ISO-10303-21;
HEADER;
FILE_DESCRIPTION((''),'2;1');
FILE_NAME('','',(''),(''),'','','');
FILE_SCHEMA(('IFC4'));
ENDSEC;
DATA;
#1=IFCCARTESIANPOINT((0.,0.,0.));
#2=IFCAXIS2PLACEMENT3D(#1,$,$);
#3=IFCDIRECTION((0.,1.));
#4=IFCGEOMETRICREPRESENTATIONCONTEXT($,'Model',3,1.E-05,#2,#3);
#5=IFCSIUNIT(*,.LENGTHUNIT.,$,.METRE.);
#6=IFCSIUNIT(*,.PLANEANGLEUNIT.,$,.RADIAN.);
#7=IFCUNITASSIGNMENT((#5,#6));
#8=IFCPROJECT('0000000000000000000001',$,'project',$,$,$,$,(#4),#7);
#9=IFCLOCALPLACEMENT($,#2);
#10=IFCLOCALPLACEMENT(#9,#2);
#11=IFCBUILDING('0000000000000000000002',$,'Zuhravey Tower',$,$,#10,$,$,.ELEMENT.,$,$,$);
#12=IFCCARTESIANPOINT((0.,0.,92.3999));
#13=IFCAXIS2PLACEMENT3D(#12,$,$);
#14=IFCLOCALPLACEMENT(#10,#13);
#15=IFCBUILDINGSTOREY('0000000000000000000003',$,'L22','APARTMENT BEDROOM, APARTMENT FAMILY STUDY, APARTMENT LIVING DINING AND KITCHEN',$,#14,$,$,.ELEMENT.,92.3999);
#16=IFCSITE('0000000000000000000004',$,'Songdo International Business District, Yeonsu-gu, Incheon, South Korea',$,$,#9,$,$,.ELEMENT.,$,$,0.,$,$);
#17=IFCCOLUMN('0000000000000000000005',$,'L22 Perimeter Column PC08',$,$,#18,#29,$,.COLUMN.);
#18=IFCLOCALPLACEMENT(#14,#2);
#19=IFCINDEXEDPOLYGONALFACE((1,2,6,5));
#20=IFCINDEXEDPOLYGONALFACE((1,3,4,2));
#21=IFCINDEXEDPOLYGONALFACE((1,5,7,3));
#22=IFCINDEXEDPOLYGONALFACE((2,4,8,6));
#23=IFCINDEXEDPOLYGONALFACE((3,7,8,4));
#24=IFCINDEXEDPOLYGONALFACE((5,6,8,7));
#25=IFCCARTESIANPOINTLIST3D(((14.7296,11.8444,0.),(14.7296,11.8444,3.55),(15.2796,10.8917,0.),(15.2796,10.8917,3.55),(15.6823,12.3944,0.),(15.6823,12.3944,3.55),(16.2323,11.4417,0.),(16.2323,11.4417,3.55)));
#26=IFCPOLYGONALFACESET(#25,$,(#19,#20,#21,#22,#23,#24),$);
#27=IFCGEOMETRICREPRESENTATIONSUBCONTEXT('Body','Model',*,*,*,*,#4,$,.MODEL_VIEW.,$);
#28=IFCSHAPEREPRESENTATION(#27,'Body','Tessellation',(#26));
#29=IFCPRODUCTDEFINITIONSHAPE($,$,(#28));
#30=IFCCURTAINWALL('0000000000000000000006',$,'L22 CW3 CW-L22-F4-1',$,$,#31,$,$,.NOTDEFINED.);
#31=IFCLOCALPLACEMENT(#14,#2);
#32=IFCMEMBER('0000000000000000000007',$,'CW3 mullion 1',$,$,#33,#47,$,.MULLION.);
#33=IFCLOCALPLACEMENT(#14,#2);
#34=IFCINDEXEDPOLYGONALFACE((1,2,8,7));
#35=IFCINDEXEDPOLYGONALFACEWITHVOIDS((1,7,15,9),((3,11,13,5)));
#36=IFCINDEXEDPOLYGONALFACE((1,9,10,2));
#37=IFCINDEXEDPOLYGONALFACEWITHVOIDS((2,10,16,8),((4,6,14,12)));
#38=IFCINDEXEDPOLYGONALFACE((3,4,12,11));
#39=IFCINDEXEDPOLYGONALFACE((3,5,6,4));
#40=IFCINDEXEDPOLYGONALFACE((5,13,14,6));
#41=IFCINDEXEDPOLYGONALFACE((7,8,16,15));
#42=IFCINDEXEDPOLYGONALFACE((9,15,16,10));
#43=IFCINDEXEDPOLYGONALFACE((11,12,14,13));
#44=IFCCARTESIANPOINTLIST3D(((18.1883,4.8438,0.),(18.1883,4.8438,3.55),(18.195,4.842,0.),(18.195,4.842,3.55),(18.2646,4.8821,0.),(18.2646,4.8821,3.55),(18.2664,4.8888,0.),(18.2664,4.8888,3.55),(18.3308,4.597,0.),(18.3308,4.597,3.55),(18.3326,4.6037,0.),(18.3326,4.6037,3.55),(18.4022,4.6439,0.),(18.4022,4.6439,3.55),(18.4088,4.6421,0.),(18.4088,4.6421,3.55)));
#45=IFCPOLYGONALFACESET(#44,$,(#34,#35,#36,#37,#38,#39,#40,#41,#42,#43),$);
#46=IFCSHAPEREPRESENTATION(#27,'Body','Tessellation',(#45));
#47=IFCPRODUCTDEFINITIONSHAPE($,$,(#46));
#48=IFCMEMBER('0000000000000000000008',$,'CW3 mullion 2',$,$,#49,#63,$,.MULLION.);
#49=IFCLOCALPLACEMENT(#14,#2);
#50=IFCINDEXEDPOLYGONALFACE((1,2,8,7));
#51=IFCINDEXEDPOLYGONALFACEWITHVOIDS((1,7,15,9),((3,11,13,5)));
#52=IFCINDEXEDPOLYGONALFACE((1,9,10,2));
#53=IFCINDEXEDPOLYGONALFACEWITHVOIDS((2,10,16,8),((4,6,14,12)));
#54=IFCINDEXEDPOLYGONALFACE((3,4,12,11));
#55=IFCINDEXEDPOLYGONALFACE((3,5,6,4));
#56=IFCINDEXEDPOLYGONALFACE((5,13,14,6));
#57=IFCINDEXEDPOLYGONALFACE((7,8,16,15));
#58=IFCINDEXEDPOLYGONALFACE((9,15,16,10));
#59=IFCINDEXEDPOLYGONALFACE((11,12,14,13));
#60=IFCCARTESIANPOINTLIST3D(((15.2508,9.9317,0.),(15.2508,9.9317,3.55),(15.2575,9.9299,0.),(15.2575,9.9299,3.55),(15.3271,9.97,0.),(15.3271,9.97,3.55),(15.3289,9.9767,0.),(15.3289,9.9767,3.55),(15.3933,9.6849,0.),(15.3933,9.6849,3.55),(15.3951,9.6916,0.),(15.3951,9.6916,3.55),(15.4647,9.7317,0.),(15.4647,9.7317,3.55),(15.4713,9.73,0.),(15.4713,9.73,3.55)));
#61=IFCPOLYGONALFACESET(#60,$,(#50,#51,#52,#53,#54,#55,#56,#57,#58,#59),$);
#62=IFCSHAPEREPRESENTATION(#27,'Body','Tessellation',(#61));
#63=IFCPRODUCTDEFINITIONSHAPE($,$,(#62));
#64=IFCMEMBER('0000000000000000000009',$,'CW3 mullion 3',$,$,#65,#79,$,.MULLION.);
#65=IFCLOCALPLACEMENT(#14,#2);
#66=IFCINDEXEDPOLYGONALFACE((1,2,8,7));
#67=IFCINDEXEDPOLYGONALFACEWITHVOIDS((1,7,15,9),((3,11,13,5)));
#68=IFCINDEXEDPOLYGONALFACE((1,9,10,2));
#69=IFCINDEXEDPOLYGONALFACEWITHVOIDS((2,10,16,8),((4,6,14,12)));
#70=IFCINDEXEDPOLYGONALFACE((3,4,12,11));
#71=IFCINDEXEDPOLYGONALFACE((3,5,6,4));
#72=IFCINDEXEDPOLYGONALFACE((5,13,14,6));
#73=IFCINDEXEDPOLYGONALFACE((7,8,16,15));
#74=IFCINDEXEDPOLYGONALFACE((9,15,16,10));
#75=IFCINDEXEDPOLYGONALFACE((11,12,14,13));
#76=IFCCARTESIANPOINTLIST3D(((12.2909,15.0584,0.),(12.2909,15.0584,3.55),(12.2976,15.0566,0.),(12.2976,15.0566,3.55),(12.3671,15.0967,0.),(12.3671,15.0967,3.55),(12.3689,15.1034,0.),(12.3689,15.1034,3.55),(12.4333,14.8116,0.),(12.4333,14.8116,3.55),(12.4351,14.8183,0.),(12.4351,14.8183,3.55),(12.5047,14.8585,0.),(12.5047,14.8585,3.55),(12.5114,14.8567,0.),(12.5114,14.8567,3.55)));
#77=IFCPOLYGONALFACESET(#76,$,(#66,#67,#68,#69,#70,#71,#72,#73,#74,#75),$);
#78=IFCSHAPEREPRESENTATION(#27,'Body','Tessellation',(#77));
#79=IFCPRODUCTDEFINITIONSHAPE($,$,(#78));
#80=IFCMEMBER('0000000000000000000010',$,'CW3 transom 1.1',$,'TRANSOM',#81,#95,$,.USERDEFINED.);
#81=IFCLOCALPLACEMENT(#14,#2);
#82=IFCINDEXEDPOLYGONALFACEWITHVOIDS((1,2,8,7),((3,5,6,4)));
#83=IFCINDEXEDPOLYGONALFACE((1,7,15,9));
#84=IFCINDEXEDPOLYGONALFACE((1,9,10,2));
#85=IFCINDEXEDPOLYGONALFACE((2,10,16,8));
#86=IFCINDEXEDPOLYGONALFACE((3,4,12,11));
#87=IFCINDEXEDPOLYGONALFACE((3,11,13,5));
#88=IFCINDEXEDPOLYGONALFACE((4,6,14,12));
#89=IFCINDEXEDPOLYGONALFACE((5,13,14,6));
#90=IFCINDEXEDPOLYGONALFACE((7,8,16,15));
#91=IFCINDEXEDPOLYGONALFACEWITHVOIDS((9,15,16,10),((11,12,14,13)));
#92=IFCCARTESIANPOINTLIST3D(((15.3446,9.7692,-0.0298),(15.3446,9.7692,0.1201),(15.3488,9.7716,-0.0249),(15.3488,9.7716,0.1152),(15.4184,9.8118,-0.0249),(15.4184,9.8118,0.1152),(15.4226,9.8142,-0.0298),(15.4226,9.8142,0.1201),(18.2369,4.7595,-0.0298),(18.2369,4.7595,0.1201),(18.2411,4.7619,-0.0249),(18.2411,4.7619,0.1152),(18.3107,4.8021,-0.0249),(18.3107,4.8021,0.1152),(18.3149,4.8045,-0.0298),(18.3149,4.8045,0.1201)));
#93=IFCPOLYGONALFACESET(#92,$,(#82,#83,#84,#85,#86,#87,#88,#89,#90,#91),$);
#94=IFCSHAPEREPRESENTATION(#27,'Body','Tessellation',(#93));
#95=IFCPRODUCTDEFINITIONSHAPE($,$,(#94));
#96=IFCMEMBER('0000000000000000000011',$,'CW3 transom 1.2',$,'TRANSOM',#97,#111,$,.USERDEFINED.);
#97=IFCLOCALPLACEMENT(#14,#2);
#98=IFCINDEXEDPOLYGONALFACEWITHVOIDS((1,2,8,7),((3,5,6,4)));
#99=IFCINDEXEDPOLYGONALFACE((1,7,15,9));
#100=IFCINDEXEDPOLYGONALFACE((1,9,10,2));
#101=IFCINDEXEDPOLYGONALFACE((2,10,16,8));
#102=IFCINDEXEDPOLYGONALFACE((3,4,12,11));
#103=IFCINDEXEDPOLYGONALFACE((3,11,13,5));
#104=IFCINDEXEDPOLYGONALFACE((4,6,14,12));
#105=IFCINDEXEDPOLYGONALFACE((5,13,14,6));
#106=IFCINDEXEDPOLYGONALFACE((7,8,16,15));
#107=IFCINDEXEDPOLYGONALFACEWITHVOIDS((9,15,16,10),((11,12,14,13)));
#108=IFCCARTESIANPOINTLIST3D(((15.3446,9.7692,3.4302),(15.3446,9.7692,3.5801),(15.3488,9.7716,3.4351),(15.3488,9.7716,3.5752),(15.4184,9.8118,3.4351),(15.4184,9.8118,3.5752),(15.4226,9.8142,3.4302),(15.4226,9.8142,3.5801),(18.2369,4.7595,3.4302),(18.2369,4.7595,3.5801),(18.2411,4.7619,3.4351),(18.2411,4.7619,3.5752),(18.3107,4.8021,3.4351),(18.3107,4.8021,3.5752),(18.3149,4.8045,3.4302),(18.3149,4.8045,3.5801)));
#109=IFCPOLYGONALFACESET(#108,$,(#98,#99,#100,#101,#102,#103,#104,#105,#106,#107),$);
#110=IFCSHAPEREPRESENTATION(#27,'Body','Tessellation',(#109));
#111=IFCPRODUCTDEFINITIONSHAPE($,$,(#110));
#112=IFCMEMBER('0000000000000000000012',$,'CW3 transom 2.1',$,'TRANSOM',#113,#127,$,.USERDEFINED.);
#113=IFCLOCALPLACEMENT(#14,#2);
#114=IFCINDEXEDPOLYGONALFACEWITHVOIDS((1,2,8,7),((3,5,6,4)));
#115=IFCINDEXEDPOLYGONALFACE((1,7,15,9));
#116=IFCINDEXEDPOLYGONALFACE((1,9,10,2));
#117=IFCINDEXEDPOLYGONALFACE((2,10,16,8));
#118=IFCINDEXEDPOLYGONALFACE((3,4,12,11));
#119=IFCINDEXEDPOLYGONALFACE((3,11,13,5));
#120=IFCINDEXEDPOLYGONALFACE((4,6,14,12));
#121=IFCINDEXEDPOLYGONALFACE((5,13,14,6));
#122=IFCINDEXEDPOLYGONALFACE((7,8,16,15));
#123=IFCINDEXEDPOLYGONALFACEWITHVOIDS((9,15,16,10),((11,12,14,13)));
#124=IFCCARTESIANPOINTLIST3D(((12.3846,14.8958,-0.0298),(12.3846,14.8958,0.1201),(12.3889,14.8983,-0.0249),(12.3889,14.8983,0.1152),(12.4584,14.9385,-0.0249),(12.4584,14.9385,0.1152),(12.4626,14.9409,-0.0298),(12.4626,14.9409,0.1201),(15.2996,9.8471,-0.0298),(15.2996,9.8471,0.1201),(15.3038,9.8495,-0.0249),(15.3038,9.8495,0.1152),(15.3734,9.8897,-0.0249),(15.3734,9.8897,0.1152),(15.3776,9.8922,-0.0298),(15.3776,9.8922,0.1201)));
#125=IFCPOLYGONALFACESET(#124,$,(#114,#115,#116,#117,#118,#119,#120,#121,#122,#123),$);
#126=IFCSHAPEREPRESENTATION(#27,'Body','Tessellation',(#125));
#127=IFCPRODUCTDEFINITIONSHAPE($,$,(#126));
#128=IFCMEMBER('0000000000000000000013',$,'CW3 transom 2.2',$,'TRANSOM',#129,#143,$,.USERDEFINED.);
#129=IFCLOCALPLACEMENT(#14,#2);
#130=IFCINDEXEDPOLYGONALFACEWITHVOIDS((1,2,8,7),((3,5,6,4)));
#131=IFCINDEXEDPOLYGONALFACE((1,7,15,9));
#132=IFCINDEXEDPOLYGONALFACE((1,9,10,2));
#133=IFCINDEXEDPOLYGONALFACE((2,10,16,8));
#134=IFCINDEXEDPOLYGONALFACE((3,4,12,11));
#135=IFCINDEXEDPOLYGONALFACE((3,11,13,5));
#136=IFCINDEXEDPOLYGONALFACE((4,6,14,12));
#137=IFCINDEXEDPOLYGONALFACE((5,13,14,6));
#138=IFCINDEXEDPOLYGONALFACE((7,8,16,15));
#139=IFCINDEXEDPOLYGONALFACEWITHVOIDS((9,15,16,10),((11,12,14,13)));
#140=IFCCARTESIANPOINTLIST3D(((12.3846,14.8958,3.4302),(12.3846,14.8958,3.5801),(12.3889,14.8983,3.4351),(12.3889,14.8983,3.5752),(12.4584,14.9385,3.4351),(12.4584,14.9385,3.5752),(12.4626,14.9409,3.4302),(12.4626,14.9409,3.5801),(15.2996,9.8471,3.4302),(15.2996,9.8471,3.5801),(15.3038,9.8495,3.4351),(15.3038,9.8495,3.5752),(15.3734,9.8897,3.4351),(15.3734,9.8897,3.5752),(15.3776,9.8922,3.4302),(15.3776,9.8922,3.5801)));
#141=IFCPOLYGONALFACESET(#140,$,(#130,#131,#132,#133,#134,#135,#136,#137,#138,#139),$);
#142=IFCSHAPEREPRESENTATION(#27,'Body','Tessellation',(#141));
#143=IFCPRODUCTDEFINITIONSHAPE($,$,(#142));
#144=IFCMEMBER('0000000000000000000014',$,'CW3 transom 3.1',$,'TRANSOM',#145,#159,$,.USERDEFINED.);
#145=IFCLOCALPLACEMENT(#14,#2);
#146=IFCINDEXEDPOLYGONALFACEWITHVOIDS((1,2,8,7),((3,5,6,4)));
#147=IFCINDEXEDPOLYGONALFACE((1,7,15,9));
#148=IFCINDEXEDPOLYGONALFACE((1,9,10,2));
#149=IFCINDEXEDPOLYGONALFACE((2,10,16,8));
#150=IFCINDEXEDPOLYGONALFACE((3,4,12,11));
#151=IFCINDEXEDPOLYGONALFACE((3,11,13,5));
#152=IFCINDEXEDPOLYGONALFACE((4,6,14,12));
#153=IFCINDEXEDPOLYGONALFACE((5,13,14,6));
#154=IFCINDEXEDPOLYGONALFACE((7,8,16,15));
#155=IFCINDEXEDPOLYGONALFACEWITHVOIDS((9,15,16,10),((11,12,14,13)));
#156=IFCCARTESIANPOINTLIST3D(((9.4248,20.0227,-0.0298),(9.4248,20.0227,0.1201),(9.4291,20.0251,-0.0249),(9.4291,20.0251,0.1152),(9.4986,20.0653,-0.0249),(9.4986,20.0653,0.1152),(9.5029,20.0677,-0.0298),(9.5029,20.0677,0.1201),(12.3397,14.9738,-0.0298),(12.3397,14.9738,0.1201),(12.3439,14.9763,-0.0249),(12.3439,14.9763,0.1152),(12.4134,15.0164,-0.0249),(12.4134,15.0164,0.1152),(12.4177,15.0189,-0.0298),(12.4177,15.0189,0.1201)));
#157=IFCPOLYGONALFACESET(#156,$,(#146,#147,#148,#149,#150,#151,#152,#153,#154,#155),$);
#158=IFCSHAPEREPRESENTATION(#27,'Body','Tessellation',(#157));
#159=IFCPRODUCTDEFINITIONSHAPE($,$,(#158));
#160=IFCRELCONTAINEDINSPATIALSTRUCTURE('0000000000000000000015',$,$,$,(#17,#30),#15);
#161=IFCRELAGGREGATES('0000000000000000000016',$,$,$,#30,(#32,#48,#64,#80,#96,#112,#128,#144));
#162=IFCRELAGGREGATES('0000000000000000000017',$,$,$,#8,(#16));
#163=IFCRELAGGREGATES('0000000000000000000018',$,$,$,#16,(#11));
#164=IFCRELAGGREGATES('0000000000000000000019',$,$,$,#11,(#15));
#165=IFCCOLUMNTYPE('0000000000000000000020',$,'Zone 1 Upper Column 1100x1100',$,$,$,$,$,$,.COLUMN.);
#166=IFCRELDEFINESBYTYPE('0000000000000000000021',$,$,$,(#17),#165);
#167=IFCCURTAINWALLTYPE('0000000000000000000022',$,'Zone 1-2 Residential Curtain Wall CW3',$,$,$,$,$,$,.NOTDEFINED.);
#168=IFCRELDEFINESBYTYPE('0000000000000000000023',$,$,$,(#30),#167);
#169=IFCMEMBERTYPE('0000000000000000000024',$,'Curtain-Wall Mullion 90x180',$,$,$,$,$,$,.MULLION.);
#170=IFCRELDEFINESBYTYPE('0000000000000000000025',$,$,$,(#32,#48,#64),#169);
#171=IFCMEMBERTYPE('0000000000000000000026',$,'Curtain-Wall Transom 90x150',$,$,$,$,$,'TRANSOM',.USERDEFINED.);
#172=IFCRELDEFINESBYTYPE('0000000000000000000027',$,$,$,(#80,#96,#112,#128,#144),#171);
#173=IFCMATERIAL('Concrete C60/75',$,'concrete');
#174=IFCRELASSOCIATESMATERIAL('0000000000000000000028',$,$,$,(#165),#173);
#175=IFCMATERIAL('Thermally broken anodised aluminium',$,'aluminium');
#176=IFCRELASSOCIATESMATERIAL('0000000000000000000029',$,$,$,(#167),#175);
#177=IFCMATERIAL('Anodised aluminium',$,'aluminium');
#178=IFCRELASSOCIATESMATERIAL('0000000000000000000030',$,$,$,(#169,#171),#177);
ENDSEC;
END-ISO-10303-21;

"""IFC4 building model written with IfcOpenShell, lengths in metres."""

from ifc_helpers import new_model, si_unit, direction, frame, origin, origin_2d, place, context, subcontext, project, spatial, rectangle, hollow_rectangle, extrude, material, material_profile, profile_set, type_object, element, aggregate, save


model = new_model("IFC4")

# Units and contexts
model_context = context("Model", 3, precision=1e-05, world=origin(), true_north=direction((0.0, 1.0)))
body_context = subcontext(model_context, "Body", "Model", "MODEL_VIEW")
ifc_project = project(units=[si_unit("LENGTHUNIT", "METRE"), si_unit("PLANEANGLEUNIT", "RADIAN")], contexts=[model_context])

# Site, building, storey
site_placement = place(None, origin())
site = spatial("IfcSite", under=ifc_project, at=site_placement, Name="Songdo International Business District, Yeonsu-gu, Incheon, South Korea", CompositionType="ELEMENT", RefElevation=0.0)
building_placement = place(site_placement, origin())
building = spatial("IfcBuilding", under=site, at=building_placement, Name="Zuhravey Tower", CompositionType="ELEMENT")
storey_placement = place(building_placement, frame((0.0, 0.0, 92.3999)))
storey = spatial("IfcBuildingStorey", under=building, at=storey_placement, Name="L22", Description="APARTMENT BEDROOM, APARTMENT FAMILY STUDY, APARTMENT LIVING DINING AND KITCHEN", CompositionType="ELEMENT", Elevation=92.3999)

# Column
ifc_material_1 = material(Name="Concrete C60/75", Category="concrete")
ifc_material_profile_1 = material_profile(ifc_material_1, rectangle(XDim=1.1001, YDim=1.1001, at=origin_2d()), Name="RC-1100x1100")
ifc_profile_set_1 = profile_set([ifc_material_profile_1], Name="Concrete C60/75")
column_type = type_object("IfcColumnType", Name="Zone 1 Upper Column 1100x1100", PredefinedType="COLUMN", material=ifc_profile_set_1)
column_placement = place(storey_placement, frame((15.481, 11.6431, 0.0), z_axis=(0.0, 0.0, 1.0), x_axis=(0.5, -0.866025, 0.0)))
element("IfcColumn", 1, at=column_placement, inside=storey, type_object=column_type, Name="L22 Perimeter Column PC08", PredefinedType="COLUMN", context=body_context, shape_type="SweptSolid", body=[
    extrude(rectangle(XDim=1.1001, YDim=1.1001, at=origin_2d()), origin(), (0.0, 0.0, 1.0), 3.55),
])

# Curtain wall, members
ifc_material_2 = material(Name="Thermally broken anodised aluminium", Category="aluminium")
curtain_wall_type = type_object("IfcCurtainWallType", Name="Zone 1-2 Residential Curtain Wall CW3", PredefinedType="NOTDEFINED", material=ifc_material_2)
curtain_wall_placement = place(storey_placement, origin())
curtain_wall = element("IfcCurtainWall", 2, at=curtain_wall_placement, inside=storey, type_object=curtain_wall_type, Name="L22 CW3 CW-L22-F4-1", PredefinedType="NOTDEFINED")
ifc_material_3 = material(Name="Anodised aluminium", Category="aluminium")
ifc_material_profile_2 = material_profile(ifc_material_3, hollow_rectangle(XDim=0.0901, YDim=0.2849, WallThickness=0.0049, at=origin_2d()), Name="ALU-RHS-90x285x5")
ifc_profile_set_2 = profile_set([ifc_material_profile_2], Name="Anodised aluminium")
member_type_1 = type_object("IfcMemberType", Name="Curtain-Wall Mullion 90x180", PredefinedType="MULLION", material=ifc_profile_set_2)
member_1_placement = place(storey_placement, frame((18.2986, 4.7429, 0.0), z_axis=(0.0, 0.0, 1.0), x_axis=(-0.866026, -0.5, 0.0)))
member_1 = element("IfcMember", 3, at=member_1_placement, type_object=member_type_1, Name="CW3 mullion 1", PredefinedType="MULLION", context=body_context, shape_type="SweptSolid", body=[
    extrude(hollow_rectangle(XDim=0.0901, YDim=0.2849, WallThickness=0.0049, at=origin_2d()), origin(), (0.0, 0.0, 1.0), 3.55),
])
member_2_placement = place(storey_placement, frame((15.3611, 9.8308, 0.0), z_axis=(0.0, 0.0, 1.0), x_axis=(-0.866026, -0.5, 0.0)))
member_2 = element("IfcMember", 4, at=member_2_placement, type_object=member_type_1, Name="CW3 mullion 2", PredefinedType="MULLION", context=body_context, shape_type="SweptSolid", body=[
    extrude(hollow_rectangle(XDim=0.0901, YDim=0.2849, WallThickness=0.0049, at=origin_2d()), origin(), (0.0, 0.0, 1.0), 3.55),
])
member_3_placement = place(storey_placement, frame((12.4011, 14.9575, 0.0), z_axis=(0.0, 0.0, 1.0), x_axis=(-0.866026, -0.5, 0.0)))
member_3 = element("IfcMember", 5, at=member_3_placement, type_object=member_type_1, Name="CW3 mullion 3", PredefinedType="MULLION", context=body_context, shape_type="SweptSolid", body=[
    extrude(hollow_rectangle(XDim=0.0901, YDim=0.2849, WallThickness=0.0049, at=origin_2d()), origin(), (0.0, 0.0, 1.0), 3.55),
])
ifc_material_profile_3 = material_profile(ifc_material_3, hollow_rectangle(XDim=0.0901, YDim=0.1499, WallThickness=0.0049, at=origin_2d()), Name="ALU-RHS-90x150x5")
ifc_profile_set_3 = profile_set([ifc_material_profile_3], Name="Anodised aluminium")
member_type_2 = type_object("IfcMemberType", Name="Curtain-Wall Transom 90x150", ElementType="TRANSOM", PredefinedType="USERDEFINED", material=ifc_profile_set_3)
member_4_placement = place(storey_placement, frame((18.2759, 4.782, 0.0452), z_axis=(-0.499993, 0.86603, 0.0), x_axis=(-0.86603, -0.499993, 0.0)))
member_4 = element("IfcMember", 6, at=member_4_placement, type_object=member_type_2, Name="CW3 transom 1.1", ObjectType="TRANSOM", PredefinedType="USERDEFINED", context=body_context, shape_type="SweptSolid", body=[
    extrude(hollow_rectangle(XDim=0.0901, YDim=0.1499, WallThickness=0.0049, at=origin_2d()), origin(), (0.0, 0.0, 1.0), 5.7847),
])
member_5_placement = place(storey_placement, frame((18.2759, 4.782, 3.5051), z_axis=(-0.499993, 0.86603, 0.0), x_axis=(-0.86603, -0.499993, 0.0)))
member_5 = element("IfcMember", 7, at=member_5_placement, type_object=member_type_2, Name="CW3 transom 1.2", ObjectType="TRANSOM", PredefinedType="USERDEFINED", context=body_context, shape_type="SweptSolid", body=[
    extrude(hollow_rectangle(XDim=0.0901, YDim=0.1499, WallThickness=0.0049, at=origin_2d()), origin(), (0.0, 0.0, 1.0), 5.7847),
])
member_6_placement = place(storey_placement, frame((15.3386, 9.8696, 0.0452), z_axis=(-0.500012, 0.866018, 0.0), x_axis=(-0.866018, -0.500012, 0.0)))
member_6 = element("IfcMember", 8, at=member_6_placement, type_object=member_type_2, Name="CW3 transom 2.1", ObjectType="TRANSOM", PredefinedType="USERDEFINED", context=body_context, shape_type="SweptSolid", body=[
    extrude(hollow_rectangle(XDim=0.0901, YDim=0.1499, WallThickness=0.0049, at=origin_2d()), origin(), (0.0, 0.0, 1.0), 5.8298),
])
member_7_placement = place(storey_placement, frame((15.3386, 9.8696, 3.5051), z_axis=(-0.500012, 0.866018, 0.0), x_axis=(-0.866018, -0.500012, 0.0)))
member_7 = element("IfcMember", 9, at=member_7_placement, type_object=member_type_2, Name="CW3 transom 2.2", ObjectType="TRANSOM", PredefinedType="USERDEFINED", context=body_context, shape_type="SweptSolid", body=[
    extrude(hollow_rectangle(XDim=0.0901, YDim=0.1499, WallThickness=0.0049, at=origin_2d()), origin(), (0.0, 0.0, 1.0), 5.8298),
])
member_8_placement = place(storey_placement, frame((12.3787, 14.9963, 0.0452), z_axis=(-0.499981, 0.866036, 0.0), x_axis=(-0.866036, -0.499981, 0.0)))
member_8 = element("IfcMember", 10, at=member_8_placement, type_object=member_type_2, Name="CW3 transom 3.1", ObjectType="TRANSOM", PredefinedType="USERDEFINED", context=body_context, shape_type="SweptSolid", body=[
    extrude(hollow_rectangle(XDim=0.0901, YDim=0.1499, WallThickness=0.0049, at=origin_2d()), origin(), (0.0, 0.0, 1.0), 5.8298),
])

aggregate(curtain_wall, [member_1, member_2, member_3, member_4, member_5, member_6, member_7, member_8])

save(model, "model.ifc")
